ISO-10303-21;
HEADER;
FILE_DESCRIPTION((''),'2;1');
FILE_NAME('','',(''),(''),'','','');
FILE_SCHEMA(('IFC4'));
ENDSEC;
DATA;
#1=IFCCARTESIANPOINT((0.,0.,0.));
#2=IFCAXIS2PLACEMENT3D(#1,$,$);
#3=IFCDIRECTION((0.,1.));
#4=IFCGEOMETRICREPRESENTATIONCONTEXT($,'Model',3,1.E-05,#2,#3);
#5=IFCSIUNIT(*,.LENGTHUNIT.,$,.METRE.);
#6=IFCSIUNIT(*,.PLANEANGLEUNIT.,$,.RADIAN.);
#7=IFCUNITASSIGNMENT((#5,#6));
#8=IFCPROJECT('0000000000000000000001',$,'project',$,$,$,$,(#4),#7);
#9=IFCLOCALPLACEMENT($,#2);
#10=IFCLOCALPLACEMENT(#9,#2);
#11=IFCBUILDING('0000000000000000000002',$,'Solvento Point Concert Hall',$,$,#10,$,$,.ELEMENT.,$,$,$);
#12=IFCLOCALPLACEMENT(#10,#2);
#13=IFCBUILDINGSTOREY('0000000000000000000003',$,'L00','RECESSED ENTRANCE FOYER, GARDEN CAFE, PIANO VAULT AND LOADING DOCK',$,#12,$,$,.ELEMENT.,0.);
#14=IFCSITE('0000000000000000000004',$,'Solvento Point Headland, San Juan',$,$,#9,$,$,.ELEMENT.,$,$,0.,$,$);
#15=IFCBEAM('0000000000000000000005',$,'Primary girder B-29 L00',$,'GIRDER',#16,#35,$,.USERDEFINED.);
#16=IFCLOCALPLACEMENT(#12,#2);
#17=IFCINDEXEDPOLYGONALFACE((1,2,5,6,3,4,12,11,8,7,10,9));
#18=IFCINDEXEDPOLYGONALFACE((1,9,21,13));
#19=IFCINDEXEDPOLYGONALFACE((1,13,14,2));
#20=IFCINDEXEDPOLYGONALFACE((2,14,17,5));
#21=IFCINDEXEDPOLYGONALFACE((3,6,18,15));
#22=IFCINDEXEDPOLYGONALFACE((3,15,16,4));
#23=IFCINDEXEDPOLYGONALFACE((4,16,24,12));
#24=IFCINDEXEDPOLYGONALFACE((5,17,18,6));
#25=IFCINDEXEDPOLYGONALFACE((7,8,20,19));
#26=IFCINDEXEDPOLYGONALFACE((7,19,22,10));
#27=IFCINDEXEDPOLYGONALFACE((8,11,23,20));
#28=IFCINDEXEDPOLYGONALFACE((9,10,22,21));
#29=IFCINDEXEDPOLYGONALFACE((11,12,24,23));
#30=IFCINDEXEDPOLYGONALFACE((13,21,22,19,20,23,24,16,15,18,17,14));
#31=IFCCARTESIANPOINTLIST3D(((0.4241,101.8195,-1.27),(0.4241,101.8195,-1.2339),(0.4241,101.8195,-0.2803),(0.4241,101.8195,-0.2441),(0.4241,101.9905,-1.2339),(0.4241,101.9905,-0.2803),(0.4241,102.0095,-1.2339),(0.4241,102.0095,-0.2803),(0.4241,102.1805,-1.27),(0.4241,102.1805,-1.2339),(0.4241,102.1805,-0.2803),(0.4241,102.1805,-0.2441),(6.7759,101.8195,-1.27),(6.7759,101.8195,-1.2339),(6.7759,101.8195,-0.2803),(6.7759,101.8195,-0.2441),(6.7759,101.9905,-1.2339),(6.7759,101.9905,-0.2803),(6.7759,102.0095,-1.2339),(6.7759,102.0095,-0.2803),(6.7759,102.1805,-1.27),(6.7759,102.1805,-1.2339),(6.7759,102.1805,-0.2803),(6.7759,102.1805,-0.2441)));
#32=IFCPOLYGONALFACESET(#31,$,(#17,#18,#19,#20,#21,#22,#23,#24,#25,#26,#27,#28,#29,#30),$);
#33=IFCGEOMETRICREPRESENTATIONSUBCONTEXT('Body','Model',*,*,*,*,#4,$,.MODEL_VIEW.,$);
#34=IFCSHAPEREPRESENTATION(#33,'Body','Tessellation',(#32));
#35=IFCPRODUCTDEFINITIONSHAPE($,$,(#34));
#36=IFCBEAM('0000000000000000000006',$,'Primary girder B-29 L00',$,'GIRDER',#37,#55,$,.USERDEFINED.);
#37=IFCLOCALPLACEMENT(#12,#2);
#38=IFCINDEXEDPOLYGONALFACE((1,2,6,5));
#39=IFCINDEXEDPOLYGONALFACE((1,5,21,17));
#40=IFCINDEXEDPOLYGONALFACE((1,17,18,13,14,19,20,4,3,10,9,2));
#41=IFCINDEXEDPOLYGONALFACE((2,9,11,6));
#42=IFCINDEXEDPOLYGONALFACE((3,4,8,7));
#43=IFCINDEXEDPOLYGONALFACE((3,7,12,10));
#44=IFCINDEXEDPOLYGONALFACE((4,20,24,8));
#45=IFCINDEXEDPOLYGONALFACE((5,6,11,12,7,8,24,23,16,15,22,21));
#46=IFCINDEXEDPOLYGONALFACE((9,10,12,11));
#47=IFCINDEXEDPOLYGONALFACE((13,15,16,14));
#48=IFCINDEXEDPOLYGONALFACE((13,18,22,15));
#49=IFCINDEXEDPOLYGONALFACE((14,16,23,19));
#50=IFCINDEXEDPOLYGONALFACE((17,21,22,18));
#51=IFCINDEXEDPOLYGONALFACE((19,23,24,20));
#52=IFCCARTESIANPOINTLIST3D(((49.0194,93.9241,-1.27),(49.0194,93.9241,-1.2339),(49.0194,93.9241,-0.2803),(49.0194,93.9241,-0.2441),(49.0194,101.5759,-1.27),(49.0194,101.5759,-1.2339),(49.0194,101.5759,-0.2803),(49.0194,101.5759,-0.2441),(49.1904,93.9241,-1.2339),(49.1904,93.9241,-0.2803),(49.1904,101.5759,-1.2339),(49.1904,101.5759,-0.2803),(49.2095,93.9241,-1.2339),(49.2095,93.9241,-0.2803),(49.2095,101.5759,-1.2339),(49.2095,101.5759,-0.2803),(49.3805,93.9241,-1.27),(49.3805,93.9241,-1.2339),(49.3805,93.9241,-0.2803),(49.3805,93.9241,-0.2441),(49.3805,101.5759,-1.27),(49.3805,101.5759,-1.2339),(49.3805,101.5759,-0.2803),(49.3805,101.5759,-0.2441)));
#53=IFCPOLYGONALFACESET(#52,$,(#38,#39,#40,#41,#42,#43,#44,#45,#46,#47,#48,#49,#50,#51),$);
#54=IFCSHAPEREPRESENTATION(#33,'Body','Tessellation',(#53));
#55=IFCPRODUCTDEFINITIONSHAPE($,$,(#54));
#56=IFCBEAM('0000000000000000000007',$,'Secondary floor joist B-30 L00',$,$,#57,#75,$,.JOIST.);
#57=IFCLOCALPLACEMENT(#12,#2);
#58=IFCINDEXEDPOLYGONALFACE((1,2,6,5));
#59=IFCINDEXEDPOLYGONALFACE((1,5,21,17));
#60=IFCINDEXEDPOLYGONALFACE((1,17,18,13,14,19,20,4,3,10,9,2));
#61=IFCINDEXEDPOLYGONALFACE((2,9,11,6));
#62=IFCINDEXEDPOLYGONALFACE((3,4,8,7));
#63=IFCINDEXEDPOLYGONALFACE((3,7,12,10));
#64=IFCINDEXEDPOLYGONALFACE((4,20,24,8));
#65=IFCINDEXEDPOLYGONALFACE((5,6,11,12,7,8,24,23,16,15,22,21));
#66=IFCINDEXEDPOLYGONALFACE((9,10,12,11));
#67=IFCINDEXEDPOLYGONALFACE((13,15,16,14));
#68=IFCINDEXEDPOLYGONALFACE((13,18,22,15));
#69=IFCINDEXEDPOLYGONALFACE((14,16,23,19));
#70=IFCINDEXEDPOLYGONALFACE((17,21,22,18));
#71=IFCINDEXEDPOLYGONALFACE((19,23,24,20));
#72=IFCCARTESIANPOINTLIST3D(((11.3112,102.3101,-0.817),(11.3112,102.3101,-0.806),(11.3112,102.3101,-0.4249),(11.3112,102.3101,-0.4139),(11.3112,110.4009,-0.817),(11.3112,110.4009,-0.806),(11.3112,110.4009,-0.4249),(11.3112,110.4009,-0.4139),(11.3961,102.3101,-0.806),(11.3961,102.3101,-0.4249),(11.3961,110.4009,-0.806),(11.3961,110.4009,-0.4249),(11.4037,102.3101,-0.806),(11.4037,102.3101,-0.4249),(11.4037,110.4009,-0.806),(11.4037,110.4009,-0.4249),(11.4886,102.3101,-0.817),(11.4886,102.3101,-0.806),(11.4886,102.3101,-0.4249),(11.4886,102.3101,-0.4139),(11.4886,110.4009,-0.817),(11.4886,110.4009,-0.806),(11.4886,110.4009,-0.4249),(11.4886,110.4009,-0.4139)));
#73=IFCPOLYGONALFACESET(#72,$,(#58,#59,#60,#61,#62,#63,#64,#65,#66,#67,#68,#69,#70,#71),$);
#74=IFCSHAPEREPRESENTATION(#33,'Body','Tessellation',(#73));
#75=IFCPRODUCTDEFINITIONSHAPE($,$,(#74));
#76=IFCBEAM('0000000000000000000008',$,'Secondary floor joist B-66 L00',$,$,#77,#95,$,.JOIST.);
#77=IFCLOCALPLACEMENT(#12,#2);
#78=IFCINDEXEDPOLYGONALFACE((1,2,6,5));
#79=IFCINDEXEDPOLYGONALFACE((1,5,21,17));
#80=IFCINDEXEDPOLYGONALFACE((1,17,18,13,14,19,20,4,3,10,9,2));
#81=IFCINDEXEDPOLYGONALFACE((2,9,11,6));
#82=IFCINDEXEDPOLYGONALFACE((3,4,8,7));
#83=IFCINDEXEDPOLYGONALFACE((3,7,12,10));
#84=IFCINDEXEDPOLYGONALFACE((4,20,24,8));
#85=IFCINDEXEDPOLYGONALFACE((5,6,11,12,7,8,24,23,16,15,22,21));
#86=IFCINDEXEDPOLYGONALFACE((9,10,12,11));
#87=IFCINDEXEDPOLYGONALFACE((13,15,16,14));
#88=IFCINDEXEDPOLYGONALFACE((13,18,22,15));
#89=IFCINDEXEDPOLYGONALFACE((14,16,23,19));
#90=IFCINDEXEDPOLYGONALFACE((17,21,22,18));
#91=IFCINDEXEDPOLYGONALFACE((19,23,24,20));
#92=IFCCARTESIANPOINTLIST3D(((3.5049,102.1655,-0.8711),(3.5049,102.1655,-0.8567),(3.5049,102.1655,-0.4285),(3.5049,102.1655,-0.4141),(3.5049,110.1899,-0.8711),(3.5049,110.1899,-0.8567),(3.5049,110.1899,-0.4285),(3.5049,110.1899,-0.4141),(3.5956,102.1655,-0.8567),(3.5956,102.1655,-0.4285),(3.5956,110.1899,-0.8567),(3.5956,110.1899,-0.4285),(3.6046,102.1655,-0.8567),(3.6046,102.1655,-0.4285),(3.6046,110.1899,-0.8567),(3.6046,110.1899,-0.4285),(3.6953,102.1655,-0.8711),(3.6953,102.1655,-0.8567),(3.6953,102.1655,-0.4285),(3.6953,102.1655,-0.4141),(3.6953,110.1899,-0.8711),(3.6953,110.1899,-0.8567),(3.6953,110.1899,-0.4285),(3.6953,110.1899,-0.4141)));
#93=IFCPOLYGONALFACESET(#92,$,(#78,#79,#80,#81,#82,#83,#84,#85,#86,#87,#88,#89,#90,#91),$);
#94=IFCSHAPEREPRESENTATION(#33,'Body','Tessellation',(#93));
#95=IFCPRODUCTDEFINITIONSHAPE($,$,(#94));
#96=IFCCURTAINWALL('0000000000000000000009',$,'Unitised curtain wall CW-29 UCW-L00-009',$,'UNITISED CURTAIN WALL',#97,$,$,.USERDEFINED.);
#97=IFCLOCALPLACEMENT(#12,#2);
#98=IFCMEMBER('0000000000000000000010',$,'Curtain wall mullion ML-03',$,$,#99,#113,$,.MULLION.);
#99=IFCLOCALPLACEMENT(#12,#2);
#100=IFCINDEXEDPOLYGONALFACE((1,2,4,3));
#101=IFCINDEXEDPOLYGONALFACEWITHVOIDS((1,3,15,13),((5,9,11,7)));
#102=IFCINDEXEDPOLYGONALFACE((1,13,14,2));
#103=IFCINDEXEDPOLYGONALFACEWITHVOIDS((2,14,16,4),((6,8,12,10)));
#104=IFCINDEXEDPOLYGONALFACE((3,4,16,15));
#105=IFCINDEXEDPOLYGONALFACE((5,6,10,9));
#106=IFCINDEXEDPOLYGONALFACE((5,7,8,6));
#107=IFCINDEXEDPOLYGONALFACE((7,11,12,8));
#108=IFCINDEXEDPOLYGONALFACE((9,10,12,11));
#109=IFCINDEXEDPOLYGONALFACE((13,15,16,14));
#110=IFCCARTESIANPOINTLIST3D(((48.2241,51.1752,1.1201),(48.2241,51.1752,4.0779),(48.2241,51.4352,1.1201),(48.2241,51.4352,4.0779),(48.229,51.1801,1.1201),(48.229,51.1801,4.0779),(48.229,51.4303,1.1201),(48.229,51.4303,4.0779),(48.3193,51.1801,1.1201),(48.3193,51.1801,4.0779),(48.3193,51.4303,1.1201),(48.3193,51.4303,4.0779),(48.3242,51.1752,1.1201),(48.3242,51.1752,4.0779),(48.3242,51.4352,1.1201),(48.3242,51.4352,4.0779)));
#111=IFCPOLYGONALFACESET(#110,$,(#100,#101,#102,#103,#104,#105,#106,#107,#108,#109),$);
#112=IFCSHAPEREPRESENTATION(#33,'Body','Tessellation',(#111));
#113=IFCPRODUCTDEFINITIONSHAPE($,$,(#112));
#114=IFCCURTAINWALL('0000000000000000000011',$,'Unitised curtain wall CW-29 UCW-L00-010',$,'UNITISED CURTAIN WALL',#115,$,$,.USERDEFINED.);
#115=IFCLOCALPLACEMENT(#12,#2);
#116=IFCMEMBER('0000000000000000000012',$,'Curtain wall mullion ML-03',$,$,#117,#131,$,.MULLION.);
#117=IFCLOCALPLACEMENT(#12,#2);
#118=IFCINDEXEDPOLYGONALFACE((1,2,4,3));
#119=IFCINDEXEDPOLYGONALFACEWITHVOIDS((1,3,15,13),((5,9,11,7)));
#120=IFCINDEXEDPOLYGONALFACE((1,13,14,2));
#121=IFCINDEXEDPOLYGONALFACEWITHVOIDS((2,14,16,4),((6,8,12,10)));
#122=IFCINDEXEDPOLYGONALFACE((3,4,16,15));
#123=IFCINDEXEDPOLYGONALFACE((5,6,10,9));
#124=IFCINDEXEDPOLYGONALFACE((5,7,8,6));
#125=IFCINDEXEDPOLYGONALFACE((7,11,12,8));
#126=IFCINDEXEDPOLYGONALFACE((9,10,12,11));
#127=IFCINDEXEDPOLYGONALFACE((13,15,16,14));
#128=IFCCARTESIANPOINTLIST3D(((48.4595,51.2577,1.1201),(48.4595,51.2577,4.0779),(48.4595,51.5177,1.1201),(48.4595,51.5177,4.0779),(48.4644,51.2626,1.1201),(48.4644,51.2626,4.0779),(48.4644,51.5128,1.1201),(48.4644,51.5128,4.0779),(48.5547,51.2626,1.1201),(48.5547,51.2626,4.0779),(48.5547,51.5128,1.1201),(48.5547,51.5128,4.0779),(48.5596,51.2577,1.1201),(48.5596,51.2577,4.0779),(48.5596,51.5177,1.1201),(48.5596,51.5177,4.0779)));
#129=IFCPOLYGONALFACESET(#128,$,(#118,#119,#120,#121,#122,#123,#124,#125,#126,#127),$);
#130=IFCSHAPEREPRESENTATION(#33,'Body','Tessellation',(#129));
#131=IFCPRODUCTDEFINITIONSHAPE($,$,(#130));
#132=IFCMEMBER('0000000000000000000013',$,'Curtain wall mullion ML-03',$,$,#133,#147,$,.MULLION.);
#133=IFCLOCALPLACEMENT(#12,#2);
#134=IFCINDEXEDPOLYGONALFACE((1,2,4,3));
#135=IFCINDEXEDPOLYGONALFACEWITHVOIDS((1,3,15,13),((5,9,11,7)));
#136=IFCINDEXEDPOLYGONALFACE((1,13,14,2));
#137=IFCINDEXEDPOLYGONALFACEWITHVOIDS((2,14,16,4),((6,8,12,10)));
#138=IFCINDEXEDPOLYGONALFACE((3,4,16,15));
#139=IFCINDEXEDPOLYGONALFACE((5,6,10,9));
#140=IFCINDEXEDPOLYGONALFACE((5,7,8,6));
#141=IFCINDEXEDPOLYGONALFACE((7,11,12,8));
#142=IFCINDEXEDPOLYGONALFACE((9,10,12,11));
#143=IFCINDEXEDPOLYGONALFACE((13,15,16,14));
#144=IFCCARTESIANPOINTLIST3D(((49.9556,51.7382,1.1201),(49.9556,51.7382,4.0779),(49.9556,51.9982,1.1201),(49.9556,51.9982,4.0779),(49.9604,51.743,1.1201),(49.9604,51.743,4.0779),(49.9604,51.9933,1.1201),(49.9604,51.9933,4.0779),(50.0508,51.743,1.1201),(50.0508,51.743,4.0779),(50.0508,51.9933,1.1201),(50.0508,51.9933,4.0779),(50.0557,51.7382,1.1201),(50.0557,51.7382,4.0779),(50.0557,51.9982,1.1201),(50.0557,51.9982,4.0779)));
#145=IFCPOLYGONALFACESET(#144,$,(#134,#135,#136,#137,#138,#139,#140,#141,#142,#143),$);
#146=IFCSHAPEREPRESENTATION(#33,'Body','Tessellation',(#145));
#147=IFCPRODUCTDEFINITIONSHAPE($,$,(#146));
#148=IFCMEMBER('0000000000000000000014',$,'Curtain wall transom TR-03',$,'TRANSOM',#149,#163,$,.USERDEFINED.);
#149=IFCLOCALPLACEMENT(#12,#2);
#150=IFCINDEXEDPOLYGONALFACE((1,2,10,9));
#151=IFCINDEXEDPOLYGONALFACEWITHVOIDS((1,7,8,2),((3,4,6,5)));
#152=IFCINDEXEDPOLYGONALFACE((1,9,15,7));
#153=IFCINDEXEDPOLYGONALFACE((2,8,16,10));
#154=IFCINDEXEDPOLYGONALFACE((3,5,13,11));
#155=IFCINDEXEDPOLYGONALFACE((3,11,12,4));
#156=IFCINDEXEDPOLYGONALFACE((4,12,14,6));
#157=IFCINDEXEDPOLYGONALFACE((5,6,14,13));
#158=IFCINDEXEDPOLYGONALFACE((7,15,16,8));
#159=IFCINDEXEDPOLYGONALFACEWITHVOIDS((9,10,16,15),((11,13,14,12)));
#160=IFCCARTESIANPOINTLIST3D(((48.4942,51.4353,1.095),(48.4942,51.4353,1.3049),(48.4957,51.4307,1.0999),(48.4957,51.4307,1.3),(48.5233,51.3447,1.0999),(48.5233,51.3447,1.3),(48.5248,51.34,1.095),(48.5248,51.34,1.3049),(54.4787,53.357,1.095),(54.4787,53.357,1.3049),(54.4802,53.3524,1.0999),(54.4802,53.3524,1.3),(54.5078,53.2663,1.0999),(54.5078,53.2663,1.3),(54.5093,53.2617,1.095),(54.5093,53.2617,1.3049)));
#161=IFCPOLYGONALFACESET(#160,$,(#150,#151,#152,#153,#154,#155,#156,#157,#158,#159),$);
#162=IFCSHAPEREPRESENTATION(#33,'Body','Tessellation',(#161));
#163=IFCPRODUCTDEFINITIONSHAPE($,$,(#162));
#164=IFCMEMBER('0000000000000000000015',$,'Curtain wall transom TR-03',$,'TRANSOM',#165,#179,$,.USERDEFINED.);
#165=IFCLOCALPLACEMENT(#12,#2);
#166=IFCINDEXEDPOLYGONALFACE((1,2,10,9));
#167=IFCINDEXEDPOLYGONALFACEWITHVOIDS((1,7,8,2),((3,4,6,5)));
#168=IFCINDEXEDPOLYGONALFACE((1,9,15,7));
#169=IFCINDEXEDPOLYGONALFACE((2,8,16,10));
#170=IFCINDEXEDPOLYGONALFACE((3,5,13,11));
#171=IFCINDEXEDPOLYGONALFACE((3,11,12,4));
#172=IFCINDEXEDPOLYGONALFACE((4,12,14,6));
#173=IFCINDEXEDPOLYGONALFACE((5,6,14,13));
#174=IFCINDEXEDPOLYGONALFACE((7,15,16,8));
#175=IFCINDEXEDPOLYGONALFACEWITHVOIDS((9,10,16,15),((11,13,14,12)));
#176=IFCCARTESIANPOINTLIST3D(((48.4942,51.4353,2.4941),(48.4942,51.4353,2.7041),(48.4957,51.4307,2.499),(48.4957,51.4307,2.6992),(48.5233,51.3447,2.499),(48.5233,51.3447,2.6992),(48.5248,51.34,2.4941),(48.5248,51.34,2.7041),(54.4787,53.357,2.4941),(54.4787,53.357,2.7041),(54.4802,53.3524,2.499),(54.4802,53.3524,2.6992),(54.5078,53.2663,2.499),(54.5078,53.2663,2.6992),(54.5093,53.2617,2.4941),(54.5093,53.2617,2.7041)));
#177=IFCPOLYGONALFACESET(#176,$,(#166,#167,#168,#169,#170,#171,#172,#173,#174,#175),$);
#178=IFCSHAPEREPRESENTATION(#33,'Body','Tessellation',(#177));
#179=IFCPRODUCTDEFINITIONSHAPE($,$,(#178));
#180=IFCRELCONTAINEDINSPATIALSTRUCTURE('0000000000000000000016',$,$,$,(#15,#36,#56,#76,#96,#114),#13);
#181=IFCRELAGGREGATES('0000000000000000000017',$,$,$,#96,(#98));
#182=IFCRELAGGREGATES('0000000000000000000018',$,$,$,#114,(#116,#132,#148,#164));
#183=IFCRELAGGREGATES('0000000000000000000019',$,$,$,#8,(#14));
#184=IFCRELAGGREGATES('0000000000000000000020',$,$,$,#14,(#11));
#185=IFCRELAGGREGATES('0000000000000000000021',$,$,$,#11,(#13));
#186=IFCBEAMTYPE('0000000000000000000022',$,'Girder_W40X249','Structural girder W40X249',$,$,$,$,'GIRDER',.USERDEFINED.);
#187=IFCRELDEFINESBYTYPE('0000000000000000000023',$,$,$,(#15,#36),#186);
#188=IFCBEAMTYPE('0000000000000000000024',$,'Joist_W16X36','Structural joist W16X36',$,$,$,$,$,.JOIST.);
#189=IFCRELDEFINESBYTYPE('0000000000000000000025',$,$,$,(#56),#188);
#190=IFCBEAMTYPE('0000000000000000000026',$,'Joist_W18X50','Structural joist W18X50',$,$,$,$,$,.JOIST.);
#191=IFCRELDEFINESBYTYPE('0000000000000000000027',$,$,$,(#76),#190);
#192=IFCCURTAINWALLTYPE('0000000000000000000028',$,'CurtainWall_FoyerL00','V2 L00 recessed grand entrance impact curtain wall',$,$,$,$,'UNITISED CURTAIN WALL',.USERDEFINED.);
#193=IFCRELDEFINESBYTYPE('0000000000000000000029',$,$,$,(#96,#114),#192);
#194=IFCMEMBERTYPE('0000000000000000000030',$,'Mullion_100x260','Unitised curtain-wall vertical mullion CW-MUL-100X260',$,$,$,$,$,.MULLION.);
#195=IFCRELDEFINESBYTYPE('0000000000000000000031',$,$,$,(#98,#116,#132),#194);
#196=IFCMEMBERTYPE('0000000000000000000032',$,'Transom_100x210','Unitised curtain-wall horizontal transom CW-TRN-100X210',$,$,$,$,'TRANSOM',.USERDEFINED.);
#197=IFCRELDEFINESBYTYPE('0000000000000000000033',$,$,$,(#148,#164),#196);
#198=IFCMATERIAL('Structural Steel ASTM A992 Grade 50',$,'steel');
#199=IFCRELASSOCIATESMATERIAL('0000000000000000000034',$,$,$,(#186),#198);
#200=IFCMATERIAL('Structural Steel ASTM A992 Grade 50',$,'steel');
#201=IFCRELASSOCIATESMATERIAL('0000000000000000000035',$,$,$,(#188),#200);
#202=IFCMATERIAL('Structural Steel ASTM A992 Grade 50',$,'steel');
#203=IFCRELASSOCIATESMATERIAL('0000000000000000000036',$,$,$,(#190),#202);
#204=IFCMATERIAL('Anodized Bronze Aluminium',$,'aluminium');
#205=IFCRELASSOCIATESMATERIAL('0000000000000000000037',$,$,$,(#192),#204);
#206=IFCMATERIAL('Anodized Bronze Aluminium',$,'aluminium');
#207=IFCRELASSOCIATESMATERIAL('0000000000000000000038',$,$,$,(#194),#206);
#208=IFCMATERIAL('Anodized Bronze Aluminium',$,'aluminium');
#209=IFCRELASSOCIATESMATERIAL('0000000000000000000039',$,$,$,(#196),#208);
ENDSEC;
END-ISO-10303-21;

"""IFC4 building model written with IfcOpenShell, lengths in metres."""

from ifc_helpers import new_model, si_unit, direction, frame, origin, origin_2d, place, context, subcontext, project, spatial, hollow_rectangle, i_section, extrude, material, material_profile, profile_set, type_object, element, aggregate, save


model = new_model("IFC4")

# Units and contexts
model_context = context("Model", 3, precision=1e-05, world=origin(), true_north=direction((0.0, 1.0)))
body_context = subcontext(model_context, "Body", "Model", "MODEL_VIEW")
ifc_project = project(units=[si_unit("LENGTHUNIT", "METRE"), si_unit("PLANEANGLEUNIT", "RADIAN")], contexts=[model_context])

# Site, building, storey
site_placement = place(None, origin())
site = spatial("IfcSite", under=ifc_project, at=site_placement, Name="Solvento Point Headland, San Juan", CompositionType="ELEMENT", RefElevation=0.0)
building_placement = place(site_placement, origin())
building = spatial("IfcBuilding", under=site, at=building_placement, Name="Solvento Point Concert Hall", CompositionType="ELEMENT")
storey_placement = place(building_placement, origin())
storey = spatial("IfcBuildingStorey", under=building, at=storey_placement, Name="L00", Description="RECESSED ENTRANCE FOYER, GARDEN CAFE, PIANO VAULT AND LOADING DOCK", CompositionType="ELEMENT", Elevation=0.0)

# Beams
ifc_material_1 = material(Name="Structural Steel ASTM A992 Grade 50", Category="steel")
ifc_material_profile_1 = material_profile(ifc_material_1, i_section(OverallWidth=0.3611, OverallDepth=1.0259, WebThickness=0.019, FlangeThickness=0.0361, at=origin_2d()), Name="W40X249")
ifc_profile_set_1 = profile_set([ifc_material_profile_1], Name="Structural Steel ASTM A992 Grade 50")
beam_type_1 = type_object("IfcBeamType", Name="Girder_W40X249", Description="Structural girder W40X249", ElementType="GIRDER", PredefinedType="USERDEFINED", material=ifc_profile_set_1)
beam_1_placement = place(storey_placement, frame((0.4241, 102.0, -0.7571), z_axis=(1.0, 0.0, 0.0), x_axis=(0.0, 1.0, 0.0)))
element("IfcBeam", 1, at=beam_1_placement, inside=storey, type_object=beam_type_1, Name="Primary girder B-29 L00", ObjectType="GIRDER", PredefinedType="USERDEFINED", context=body_context, shape_type="SweptSolid", body=[
    extrude(i_section(OverallWidth=0.3611, OverallDepth=1.0259, WebThickness=0.019, FlangeThickness=0.0361, at=origin_2d()), origin(), (0.0, 0.0, 1.0), 6.3518),
])
beam_2_placement = place(storey_placement, frame((49.2, 93.9241, -0.7571), z_axis=(0.0, 1.0, 0.0), x_axis=(-1.0, 0.0, 0.0)))
element("IfcBeam", 2, at=beam_2_placement, inside=storey, type_object=beam_type_1, Name="Primary girder B-29 L00", ObjectType="GIRDER", PredefinedType="USERDEFINED", context=body_context, shape_type="SweptSolid", body=[
    extrude(i_section(OverallWidth=0.3611, OverallDepth=1.0259, WebThickness=0.019, FlangeThickness=0.0361, at=origin_2d()), origin(), (0.0, 0.0, 1.0), 7.6519),
])
ifc_material_2 = material(Name="Structural Steel ASTM A992 Grade 50", Category="steel")
ifc_material_profile_2 = material_profile(ifc_material_2, i_section(OverallWidth=0.1775, OverallDepth=0.4031, WebThickness=0.0076, FlangeThickness=0.011, at=origin_2d()), Name="W16X36")
ifc_profile_set_2 = profile_set([ifc_material_profile_2], Name="Structural Steel ASTM A992 Grade 50")
beam_type_2 = type_object("IfcBeamType", Name="Joist_W16X36", Description="Structural joist W16X36", PredefinedType="JOIST", material=ifc_profile_set_2)
beam_3_placement = place(storey_placement, frame((11.3999, 102.3101, -0.6155), z_axis=(0.0, 1.0, 0.0), x_axis=(-1.0, 0.0, 0.0)))
element("IfcBeam", 3, at=beam_3_placement, inside=storey, type_object=beam_type_2, Name="Secondary floor joist B-30 L00", PredefinedType="JOIST", context=body_context, shape_type="SweptSolid", body=[
    extrude(i_section(OverallWidth=0.1775, OverallDepth=0.4031, WebThickness=0.0076, FlangeThickness=0.011, at=origin_2d()), origin(), (0.0, 0.0, 1.0), 8.0908),
])
ifc_material_3 = material(Name="Structural Steel ASTM A992 Grade 50", Category="steel")
ifc_material_profile_3 = material_profile(ifc_material_3, i_section(OverallWidth=0.1904, OverallDepth=0.457, WebThickness=0.009, FlangeThickness=0.0144, at=origin_2d()), Name="W18X50")
ifc_profile_set_3 = profile_set([ifc_material_profile_3], Name="Structural Steel ASTM A992 Grade 50")
beam_type_3 = type_object("IfcBeamType", Name="Joist_W18X50", Description="Structural joist W18X50", PredefinedType="JOIST", material=ifc_profile_set_3)
beam_4_placement = place(storey_placement, frame((3.6001, 102.1655, -0.6426), z_axis=(0.0, 1.0, 0.0), x_axis=(-1.0, 0.0, 0.0)))
element("IfcBeam", 4, at=beam_4_placement, inside=storey, type_object=beam_type_3, Name="Secondary floor joist B-66 L00", PredefinedType="JOIST", context=body_context, shape_type="SweptSolid", body=[
    extrude(i_section(OverallWidth=0.1904, OverallDepth=0.457, WebThickness=0.009, FlangeThickness=0.0144, at=origin_2d()), origin(), (0.0, 0.0, 1.0), 8.0244),
])

# Curtain wall, member
ifc_material_4 = material(Name="Anodized Bronze Aluminium", Category="aluminium")
curtain_wall_type = type_object("IfcCurtainWallType", Name="CurtainWall_FoyerL00", Description="V2 L00 recessed grand entrance impact curtain wall", ElementType="UNITISED CURTAIN WALL", PredefinedType="USERDEFINED", material=ifc_material_4)
curtain_wall_1_placement = place(storey_placement, origin())
curtain_wall_1 = element("IfcCurtainWall", 5, at=curtain_wall_1_placement, inside=storey, type_object=curtain_wall_type, Name="Unitised curtain wall CW-29 UCW-L00-009", ObjectType="UNITISED CURTAIN WALL", PredefinedType="USERDEFINED")
ifc_material_5 = material(Name="Anodized Bronze Aluminium", Category="aluminium")
ifc_material_profile_4 = material_profile(ifc_material_5, hollow_rectangle(XDim=0.1001, YDim=0.26, WallThickness=0.0049, at=origin_2d()), Name="CW-MUL-100X260")
ifc_profile_set_4 = profile_set([ifc_material_profile_4], Name="Anodized Bronze Aluminium")
member_type_1 = type_object("IfcMemberType", Name="Mullion_100x260", Description="Unitised curtain-wall vertical mullion CW-MUL-100X260", PredefinedType="MULLION", material=ifc_profile_set_4)
member_1_placement = place(storey_placement, frame((48.2742, 51.3052, 1.1201), z_axis=(0.0, 0.0, 1.0), x_axis=(1.0, 0.0, 0.0)))
member_1 = element("IfcMember", 6, at=member_1_placement, type_object=member_type_1, Name="Curtain wall mullion ML-03", PredefinedType="MULLION", context=body_context, shape_type="SweptSolid", body=[
    extrude(hollow_rectangle(XDim=0.1001, YDim=0.26, WallThickness=0.0049, at=origin_2d()), origin(), (0.0, 0.0, 1.0), 2.9578),
])
aggregate(curtain_wall_1, [member_1])

# Curtain wall, members
curtain_wall_2_placement = place(storey_placement, origin())
curtain_wall_2 = element("IfcCurtainWall", 7, at=curtain_wall_2_placement, inside=storey, type_object=curtain_wall_type, Name="Unitised curtain wall CW-29 UCW-L00-010", ObjectType="UNITISED CURTAIN WALL", PredefinedType="USERDEFINED")
member_2_placement = place(storey_placement, frame((48.5095, 51.3877, 1.1201), z_axis=(0.0, 0.0, 1.0), x_axis=(1.0, 0.0, 0.0)))
member_2 = element("IfcMember", 8, at=member_2_placement, type_object=member_type_1, Name="Curtain wall mullion ML-03", PredefinedType="MULLION", context=body_context, shape_type="SweptSolid", body=[
    extrude(hollow_rectangle(XDim=0.1001, YDim=0.26, WallThickness=0.0049, at=origin_2d()), origin(), (0.0, 0.0, 1.0), 2.9578),
])
member_3_placement = place(storey_placement, frame((50.0056, 51.8682, 1.1201), z_axis=(0.0, 0.0, 1.0), x_axis=(1.0, 0.0, 0.0)))
member_3 = element("IfcMember", 9, at=member_3_placement, type_object=member_type_1, Name="Curtain wall mullion ML-03", PredefinedType="MULLION", context=body_context, shape_type="SweptSolid", body=[
    extrude(hollow_rectangle(XDim=0.1001, YDim=0.26, WallThickness=0.0049, at=origin_2d()), origin(), (0.0, 0.0, 1.0), 2.9578),
])
ifc_material_6 = material(Name="Anodized Bronze Aluminium", Category="aluminium")
ifc_material_profile_5 = material_profile(ifc_material_6, hollow_rectangle(XDim=0.1001, YDim=0.21, WallThickness=0.0049, at=origin_2d()), Name="CW-TRN-100X210")
ifc_profile_set_5 = profile_set([ifc_material_profile_5], Name="Anodized Bronze Aluminium")
member_type_2 = type_object("IfcMemberType", Name="Transom_100x210", Description="Unitised curtain-wall horizontal transom CW-TRN-100X210", ElementType="TRANSOM", PredefinedType="USERDEFINED", material=ifc_profile_set_5)
member_4_placement = place(storey_placement, frame((48.5095, 51.3877, 1.2), z_axis=(0.952117, 0.305733, 0.0), x_axis=(-0.305733, 0.952117, 0.0)))
member_4 = element("IfcMember", 10, at=member_4_placement, type_object=member_type_2, Name="Curtain wall transom TR-03", ObjectType="TRANSOM", PredefinedType="USERDEFINED", context=body_context, shape_type="SweptSolid", body=[
    extrude(hollow_rectangle(XDim=0.1001, YDim=0.21, WallThickness=0.0049, at=origin_2d()), origin(), (0.0, 0.0, 1.0), 6.2854),
])
member_5_placement = place(storey_placement, frame((48.5095, 51.3877, 2.5991), z_axis=(0.952117, 0.305733, 0.0), x_axis=(-0.305733, 0.952117, 0.0)))
member_5 = element("IfcMember", 11, at=member_5_placement, type_object=member_type_2, Name="Curtain wall transom TR-03", ObjectType="TRANSOM", PredefinedType="USERDEFINED", context=body_context, shape_type="SweptSolid", body=[
    extrude(hollow_rectangle(XDim=0.1001, YDim=0.21, WallThickness=0.0049, at=origin_2d()), origin(), (0.0, 0.0, 1.0), 6.2854),
])
aggregate(curtain_wall_2, [member_2, member_3, member_4, member_5])

save(model, "model.ifc")
